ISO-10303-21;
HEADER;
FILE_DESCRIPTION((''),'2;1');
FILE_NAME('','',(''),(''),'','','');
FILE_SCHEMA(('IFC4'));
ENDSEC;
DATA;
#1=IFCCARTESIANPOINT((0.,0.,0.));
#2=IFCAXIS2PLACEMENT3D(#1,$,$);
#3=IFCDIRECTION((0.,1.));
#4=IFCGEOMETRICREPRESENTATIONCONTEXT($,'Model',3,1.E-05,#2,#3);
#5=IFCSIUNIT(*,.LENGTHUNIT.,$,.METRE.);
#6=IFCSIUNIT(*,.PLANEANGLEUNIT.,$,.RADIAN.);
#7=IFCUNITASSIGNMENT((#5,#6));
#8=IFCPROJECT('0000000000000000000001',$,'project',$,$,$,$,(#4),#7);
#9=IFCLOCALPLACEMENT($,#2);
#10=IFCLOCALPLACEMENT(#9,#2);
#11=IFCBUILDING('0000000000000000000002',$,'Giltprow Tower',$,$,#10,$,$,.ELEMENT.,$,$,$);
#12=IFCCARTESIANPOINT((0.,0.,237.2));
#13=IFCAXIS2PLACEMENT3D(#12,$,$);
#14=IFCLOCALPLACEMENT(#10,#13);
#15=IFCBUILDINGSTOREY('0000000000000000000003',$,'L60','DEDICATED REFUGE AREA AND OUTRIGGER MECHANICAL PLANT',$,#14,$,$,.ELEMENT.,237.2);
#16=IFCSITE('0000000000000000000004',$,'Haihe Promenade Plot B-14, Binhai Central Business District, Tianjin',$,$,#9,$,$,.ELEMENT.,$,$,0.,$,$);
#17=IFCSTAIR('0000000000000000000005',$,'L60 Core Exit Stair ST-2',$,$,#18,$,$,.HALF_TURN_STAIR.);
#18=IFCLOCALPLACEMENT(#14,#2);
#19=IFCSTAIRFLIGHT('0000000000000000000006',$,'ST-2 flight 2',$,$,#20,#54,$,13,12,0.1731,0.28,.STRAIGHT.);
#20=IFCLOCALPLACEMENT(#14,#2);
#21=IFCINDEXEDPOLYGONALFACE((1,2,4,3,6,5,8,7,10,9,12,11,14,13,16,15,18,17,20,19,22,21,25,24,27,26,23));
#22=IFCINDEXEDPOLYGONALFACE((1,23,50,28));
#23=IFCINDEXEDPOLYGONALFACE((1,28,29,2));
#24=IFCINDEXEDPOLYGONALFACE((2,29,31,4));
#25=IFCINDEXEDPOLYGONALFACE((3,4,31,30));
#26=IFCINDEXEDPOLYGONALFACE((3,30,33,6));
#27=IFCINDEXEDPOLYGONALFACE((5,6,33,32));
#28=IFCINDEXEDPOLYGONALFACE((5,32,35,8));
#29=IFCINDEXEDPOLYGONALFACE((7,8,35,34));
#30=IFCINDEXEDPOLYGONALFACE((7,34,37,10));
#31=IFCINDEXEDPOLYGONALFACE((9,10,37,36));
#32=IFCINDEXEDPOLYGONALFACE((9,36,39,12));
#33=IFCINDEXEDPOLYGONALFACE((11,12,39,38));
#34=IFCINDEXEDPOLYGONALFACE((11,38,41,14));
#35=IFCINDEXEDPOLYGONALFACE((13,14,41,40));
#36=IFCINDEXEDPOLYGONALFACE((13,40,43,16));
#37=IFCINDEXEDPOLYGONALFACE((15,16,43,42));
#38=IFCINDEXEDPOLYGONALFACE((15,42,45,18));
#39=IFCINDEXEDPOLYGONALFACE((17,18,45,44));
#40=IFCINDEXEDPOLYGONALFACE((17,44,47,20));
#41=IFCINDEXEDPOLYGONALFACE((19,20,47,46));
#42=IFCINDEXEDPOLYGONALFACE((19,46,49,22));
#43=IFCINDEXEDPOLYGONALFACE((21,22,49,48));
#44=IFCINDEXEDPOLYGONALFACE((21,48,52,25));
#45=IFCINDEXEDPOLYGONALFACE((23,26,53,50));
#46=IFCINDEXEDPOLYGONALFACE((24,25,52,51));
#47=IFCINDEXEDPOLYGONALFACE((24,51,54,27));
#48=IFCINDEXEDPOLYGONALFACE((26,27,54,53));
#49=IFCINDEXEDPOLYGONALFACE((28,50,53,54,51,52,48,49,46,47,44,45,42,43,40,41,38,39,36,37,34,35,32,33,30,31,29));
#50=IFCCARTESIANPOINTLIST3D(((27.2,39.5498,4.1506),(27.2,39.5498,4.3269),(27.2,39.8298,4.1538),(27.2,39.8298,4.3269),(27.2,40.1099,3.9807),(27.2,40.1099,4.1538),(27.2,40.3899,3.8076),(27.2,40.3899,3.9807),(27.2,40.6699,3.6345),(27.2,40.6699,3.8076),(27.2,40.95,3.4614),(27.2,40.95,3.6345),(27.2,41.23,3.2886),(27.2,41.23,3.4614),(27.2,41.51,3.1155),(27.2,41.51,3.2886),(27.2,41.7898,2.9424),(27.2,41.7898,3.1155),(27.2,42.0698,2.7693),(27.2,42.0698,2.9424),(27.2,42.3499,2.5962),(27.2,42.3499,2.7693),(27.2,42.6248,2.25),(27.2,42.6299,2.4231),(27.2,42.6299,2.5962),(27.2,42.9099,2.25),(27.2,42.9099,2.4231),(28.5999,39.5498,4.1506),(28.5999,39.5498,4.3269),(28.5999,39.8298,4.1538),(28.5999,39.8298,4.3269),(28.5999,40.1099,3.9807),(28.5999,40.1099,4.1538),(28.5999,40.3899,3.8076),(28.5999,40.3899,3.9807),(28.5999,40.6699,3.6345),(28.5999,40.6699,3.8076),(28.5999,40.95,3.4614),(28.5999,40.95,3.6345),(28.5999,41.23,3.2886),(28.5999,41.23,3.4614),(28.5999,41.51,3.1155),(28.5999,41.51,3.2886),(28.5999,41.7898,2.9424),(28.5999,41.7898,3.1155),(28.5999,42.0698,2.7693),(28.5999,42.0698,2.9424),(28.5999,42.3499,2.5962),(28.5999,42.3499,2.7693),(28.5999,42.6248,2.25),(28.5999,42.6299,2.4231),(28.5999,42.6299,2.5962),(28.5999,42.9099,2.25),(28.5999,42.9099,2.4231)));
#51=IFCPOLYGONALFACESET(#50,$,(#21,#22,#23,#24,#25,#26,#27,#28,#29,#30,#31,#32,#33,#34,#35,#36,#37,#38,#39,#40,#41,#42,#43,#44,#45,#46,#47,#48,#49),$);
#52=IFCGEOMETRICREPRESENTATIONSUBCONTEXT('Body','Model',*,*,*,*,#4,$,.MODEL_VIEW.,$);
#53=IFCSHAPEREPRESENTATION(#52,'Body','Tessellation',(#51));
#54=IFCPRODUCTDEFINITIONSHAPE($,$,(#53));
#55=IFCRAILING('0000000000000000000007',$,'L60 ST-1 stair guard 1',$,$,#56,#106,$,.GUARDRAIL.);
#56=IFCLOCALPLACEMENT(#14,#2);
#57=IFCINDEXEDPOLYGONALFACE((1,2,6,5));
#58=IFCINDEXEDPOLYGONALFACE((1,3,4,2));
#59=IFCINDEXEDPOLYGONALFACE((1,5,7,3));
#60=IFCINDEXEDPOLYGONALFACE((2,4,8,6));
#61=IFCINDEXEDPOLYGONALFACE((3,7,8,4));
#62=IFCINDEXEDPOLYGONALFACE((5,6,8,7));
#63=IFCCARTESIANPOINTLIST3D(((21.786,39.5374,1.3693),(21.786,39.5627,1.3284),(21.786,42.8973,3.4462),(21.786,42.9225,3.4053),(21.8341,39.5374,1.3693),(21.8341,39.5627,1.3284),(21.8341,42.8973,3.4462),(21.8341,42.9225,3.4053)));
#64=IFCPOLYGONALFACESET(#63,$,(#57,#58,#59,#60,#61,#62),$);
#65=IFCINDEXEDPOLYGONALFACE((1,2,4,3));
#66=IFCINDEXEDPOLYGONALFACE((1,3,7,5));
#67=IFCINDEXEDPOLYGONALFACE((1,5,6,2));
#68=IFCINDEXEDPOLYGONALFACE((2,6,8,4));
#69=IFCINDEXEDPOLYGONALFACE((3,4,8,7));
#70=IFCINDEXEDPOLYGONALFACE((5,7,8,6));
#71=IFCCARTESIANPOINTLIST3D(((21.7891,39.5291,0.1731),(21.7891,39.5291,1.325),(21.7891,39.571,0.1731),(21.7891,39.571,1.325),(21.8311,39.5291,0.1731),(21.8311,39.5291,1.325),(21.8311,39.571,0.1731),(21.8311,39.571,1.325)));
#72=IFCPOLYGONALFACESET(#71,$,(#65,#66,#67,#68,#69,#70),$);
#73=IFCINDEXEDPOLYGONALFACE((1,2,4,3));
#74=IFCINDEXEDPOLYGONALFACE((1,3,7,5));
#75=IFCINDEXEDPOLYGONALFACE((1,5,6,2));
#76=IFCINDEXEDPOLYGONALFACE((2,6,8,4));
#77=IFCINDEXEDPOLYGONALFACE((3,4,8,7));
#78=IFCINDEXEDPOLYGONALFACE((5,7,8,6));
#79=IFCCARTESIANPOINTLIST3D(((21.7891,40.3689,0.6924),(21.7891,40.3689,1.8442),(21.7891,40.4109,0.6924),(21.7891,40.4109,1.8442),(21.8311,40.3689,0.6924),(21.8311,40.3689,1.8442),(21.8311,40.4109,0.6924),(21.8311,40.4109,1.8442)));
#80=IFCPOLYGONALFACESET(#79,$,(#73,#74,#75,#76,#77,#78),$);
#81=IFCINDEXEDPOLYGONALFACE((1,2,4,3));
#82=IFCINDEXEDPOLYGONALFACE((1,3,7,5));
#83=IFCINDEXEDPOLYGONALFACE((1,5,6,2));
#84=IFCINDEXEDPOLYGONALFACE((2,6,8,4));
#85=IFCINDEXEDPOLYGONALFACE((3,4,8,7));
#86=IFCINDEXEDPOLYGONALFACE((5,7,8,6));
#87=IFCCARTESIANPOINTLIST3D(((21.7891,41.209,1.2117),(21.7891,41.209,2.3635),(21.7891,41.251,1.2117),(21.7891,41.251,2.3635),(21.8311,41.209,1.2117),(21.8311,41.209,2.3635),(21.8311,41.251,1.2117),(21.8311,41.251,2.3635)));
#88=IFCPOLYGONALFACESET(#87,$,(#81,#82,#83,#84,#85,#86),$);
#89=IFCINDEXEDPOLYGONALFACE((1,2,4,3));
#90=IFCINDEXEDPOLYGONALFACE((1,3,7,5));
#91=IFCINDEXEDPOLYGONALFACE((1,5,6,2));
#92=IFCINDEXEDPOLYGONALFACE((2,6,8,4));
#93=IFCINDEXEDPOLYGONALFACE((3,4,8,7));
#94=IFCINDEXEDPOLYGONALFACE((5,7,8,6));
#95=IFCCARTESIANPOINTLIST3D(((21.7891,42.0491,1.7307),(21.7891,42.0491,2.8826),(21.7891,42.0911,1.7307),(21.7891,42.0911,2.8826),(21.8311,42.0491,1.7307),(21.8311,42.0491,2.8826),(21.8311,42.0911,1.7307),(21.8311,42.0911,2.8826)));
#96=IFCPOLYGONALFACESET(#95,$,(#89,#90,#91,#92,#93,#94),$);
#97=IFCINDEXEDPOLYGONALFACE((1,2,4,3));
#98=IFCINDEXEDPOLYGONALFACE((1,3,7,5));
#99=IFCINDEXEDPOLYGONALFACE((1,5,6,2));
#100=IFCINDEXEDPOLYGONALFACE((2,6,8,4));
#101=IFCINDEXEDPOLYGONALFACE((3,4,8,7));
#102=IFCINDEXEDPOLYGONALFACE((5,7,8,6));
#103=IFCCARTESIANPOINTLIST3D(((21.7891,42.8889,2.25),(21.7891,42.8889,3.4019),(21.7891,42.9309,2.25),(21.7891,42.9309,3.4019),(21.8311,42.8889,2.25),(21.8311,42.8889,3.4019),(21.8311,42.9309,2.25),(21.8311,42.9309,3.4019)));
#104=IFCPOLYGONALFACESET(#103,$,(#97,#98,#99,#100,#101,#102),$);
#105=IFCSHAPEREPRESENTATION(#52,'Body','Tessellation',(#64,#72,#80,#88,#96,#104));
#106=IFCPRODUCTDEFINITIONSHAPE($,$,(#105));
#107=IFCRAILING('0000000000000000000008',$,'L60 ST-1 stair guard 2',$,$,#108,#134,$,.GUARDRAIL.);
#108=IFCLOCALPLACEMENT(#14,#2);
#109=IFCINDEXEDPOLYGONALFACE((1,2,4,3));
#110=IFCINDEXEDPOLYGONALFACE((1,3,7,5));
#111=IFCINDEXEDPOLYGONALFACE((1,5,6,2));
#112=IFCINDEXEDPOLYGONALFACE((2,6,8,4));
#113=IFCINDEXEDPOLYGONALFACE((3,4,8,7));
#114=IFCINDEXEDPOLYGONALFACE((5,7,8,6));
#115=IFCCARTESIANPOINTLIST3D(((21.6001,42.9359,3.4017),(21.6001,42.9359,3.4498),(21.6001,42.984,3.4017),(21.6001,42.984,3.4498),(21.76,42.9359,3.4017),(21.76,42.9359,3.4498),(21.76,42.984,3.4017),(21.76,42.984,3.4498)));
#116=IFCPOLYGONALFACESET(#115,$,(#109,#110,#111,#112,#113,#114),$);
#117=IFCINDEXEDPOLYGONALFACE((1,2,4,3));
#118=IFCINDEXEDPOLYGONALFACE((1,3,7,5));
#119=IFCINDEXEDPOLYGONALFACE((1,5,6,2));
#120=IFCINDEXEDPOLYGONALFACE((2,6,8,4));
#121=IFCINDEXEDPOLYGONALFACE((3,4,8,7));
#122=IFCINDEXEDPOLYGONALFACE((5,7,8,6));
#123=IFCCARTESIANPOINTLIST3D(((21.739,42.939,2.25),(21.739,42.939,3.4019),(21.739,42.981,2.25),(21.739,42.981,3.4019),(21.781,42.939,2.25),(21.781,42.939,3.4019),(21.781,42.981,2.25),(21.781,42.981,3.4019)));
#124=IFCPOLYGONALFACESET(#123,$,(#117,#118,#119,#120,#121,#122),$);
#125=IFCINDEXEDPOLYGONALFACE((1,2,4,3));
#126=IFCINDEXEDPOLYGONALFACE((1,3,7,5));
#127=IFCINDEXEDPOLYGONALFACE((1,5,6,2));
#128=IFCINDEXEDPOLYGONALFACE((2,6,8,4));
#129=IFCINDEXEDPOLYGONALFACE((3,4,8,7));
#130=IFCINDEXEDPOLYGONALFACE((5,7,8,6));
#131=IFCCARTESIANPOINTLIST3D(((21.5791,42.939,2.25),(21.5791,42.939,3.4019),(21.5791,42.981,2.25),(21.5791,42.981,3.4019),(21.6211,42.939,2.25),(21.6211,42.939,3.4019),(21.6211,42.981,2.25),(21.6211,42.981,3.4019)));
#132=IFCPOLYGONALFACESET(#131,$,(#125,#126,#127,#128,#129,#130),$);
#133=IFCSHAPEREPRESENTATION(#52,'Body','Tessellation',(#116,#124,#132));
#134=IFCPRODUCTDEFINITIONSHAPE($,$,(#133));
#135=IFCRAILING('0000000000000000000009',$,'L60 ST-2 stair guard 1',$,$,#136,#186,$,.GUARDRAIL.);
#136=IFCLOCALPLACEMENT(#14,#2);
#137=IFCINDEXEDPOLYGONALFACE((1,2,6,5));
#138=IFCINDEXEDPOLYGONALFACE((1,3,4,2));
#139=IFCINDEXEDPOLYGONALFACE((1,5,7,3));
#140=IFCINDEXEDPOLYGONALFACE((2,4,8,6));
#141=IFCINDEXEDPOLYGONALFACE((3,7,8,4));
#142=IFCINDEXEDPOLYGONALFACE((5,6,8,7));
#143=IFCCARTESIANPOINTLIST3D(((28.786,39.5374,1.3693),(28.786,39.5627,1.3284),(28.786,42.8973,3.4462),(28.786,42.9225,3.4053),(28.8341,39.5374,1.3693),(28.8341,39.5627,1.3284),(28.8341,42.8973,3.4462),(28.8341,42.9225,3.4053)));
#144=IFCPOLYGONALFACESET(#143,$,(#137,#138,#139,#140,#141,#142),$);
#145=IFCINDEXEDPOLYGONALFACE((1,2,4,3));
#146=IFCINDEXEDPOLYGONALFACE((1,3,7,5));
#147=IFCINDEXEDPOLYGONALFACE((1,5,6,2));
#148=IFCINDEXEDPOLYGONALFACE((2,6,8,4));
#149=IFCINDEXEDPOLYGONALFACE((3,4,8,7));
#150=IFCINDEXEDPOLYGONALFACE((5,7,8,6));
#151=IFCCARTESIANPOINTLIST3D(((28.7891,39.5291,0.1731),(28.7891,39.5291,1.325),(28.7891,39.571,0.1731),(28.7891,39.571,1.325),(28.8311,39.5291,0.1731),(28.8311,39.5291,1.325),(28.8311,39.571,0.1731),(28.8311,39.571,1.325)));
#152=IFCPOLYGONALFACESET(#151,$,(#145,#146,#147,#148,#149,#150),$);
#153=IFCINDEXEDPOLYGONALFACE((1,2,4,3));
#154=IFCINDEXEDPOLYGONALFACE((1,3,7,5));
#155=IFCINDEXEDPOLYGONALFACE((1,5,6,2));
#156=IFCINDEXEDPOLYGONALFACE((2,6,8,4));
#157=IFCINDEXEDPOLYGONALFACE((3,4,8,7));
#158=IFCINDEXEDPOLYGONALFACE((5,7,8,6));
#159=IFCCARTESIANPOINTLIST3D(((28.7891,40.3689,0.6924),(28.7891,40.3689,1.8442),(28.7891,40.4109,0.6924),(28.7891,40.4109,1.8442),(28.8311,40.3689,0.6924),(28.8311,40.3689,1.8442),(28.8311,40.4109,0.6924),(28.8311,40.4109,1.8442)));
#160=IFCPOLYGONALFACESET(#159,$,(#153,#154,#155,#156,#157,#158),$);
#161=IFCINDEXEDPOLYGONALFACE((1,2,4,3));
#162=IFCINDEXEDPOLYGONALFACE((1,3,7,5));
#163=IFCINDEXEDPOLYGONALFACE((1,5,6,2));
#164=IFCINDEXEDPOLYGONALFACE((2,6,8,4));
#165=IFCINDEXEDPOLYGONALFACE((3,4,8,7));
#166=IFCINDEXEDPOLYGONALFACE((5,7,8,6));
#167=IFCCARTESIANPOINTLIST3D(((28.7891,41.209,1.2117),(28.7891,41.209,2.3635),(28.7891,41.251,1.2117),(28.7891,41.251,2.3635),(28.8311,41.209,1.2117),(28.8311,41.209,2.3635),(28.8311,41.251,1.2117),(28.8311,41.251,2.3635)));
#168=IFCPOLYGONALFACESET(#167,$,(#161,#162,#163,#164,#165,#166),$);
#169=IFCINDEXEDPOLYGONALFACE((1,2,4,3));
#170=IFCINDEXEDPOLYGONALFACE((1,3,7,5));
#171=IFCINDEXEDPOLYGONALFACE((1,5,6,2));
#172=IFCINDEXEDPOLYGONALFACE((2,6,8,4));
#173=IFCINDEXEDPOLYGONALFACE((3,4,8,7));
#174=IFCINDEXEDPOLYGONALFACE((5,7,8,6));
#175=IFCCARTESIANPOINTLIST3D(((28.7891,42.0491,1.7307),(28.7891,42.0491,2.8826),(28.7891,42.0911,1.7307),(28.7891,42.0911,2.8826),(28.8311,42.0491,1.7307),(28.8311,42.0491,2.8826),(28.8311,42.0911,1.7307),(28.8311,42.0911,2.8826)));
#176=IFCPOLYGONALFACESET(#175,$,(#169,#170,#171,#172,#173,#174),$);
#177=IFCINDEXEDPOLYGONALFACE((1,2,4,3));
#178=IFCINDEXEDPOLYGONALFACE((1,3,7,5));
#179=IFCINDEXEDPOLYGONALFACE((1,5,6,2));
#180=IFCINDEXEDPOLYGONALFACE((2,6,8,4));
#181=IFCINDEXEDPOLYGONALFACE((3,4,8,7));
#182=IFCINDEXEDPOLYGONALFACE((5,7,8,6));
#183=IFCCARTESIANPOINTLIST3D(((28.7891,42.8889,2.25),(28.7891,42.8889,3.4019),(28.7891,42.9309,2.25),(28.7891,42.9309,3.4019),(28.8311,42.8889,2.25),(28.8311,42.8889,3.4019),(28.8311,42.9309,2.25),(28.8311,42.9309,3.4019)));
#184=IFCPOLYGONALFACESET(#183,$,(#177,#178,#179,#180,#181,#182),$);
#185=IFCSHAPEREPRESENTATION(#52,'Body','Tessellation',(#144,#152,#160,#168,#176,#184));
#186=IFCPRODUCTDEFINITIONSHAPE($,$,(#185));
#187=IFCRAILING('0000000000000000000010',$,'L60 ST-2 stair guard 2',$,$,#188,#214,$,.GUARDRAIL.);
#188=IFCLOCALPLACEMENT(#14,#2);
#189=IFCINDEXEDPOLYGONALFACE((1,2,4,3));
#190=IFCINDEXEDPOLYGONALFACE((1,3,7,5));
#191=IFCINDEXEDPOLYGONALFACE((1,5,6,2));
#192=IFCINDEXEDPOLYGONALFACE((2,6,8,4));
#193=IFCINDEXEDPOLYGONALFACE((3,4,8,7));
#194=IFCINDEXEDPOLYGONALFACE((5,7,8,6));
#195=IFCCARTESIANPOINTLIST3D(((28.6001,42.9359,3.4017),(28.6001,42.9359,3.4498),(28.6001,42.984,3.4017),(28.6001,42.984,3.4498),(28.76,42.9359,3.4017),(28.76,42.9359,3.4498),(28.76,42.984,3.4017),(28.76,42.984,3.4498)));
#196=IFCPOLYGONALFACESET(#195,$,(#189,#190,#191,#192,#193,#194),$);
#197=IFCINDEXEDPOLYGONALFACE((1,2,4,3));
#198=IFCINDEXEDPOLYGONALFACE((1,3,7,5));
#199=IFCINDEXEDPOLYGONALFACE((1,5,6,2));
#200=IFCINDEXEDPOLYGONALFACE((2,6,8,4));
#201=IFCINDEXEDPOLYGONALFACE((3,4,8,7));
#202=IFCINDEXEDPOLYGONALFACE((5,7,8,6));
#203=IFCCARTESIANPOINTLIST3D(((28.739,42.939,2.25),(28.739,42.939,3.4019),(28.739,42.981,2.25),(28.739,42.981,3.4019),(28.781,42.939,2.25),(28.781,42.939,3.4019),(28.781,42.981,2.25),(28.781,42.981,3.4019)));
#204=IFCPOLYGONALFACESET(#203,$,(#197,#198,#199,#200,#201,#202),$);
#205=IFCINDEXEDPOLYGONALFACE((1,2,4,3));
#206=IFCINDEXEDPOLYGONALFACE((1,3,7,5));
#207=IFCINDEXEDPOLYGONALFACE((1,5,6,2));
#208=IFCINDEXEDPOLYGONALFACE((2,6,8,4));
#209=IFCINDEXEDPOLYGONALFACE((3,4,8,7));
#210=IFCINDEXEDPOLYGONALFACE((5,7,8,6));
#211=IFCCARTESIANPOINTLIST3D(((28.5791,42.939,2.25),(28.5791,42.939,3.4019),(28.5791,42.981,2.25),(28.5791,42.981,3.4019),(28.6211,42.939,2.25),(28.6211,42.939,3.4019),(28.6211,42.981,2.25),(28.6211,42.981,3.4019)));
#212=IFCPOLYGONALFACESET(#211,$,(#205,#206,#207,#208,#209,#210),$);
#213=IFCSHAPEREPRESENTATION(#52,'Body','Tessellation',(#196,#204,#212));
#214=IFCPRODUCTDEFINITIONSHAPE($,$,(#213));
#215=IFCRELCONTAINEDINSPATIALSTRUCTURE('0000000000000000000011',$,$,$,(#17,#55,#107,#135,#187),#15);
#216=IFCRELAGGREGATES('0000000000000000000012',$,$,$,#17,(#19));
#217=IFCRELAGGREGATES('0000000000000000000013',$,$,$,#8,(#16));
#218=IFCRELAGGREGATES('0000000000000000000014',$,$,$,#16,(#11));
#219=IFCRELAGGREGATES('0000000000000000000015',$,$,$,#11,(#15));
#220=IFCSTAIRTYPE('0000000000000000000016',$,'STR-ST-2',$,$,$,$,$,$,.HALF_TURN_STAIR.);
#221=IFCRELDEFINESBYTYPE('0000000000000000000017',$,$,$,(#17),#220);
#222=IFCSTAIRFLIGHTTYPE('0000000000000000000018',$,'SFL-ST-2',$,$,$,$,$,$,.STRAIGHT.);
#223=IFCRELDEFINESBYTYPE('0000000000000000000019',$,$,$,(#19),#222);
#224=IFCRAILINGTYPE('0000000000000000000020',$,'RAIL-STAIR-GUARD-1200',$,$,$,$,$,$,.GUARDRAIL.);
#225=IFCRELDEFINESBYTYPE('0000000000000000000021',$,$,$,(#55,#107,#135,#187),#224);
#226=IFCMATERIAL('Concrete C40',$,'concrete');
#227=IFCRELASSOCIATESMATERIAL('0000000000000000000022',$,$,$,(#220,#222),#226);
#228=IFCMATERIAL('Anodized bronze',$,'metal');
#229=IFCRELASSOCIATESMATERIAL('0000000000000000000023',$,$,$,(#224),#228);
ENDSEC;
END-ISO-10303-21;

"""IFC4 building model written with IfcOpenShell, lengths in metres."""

from ifc_helpers import new_model, si_unit, direction, frame, origin, origin_2d, place, context, subcontext, project, spatial, polyline, rectangle, outline, extrude, material, type_object, element, aggregate, save


model = new_model("IFC4")

# Units and contexts
model_context = context("Model", 3, precision=1e-05, world=origin(), true_north=direction((0.0, 1.0)))
body_context = subcontext(model_context, "Body", "Model", "MODEL_VIEW")
ifc_project = project(units=[si_unit("LENGTHUNIT", "METRE"), si_unit("PLANEANGLEUNIT", "RADIAN")], contexts=[model_context])

# Site, building, storey
site_placement = place(None, origin())
site = spatial("IfcSite", under=ifc_project, at=site_placement, Name="Haihe Promenade Plot B-14, Binhai Central Business District, Tianjin", CompositionType="ELEMENT", RefElevation=0.0)
building_placement = place(site_placement, origin())
building = spatial("IfcBuilding", under=site, at=building_placement, Name="Giltprow Tower", CompositionType="ELEMENT")
storey_placement = place(building_placement, frame((0.0, 0.0, 237.2)))
storey = spatial("IfcBuildingStorey", under=building, at=storey_placement, Name="L60", Description="DEDICATED REFUGE AREA AND OUTRIGGER MECHANICAL PLANT", CompositionType="ELEMENT", Elevation=237.2)

# Shared definitions
ifc_material_1 = material(Name="Concrete C40", Category="concrete")

# Stair, stair flight
stair_type_1 = type_object("IfcStairType", Name="STR-ST-2", PredefinedType="HALF_TURN_STAIR", material=ifc_material_1)
stair_1_placement = place(storey_placement, origin())
stair_1 = element("IfcStair", 1, at=stair_1_placement, inside=storey, type_object=stair_type_1, Name="L60 Core Exit Stair ST-2", PredefinedType="HALF_TURN_STAIR")
stair_flight_type_1 = type_object("IfcStairFlightType", Name="SFL-ST-2", PredefinedType="STRAIGHT", material=ifc_material_1)
stair_flight_1_placement = place(storey_placement, frame((27.8999, 42.9099, 2.25), z_axis=(0.0, 0.0, 1.0), x_axis=(0.0, -1.0, 0.0)))
stair_flight_1 = element("IfcStairFlight", 2, at=stair_flight_1_placement, type_object=stair_flight_type_1, Name="ST-2 flight 2", NumberOfRisers=13, NumberOfTreads=12, PredefinedType="STRAIGHT", RiserHeight=0.1731, TreadLength=0.28, context=body_context, shape_type="SweptSolid", body=[
    extrude(outline(polyline([(0.0, 0.0), (0.0, 0.1731), (0.28, 0.1731), (0.28, 0.3462), (0.5601, 0.3462), (0.5601, 0.5193), (0.8401, 0.5193), (0.8401, 0.6924), (1.1201, 0.6924), (1.1201, 0.8655), (1.3999, 0.8655), (1.3999, 1.0386), (1.6799, 1.0386), (1.6799, 1.2114), (1.96, 1.2114), (1.96, 1.3845), (2.24, 1.3845), (2.24, 1.5576), (2.52, 1.5576), (2.52, 1.7307), (2.8, 1.7307), (2.8, 1.9038), (3.0801, 1.9038), (3.0801, 2.0769), (3.3601, 2.0769), (3.3601, 2.25), (3.3601, 1.9006), (0.2852, 0.0), (0.0, 0.0)])), frame((0.0, 0.7, 0.0), z_axis=(0.0, -1.0, 0.0), x_axis=(1.0, 0.0, 0.0)), (0.0, 0.0, 1.0), 1.3999),
])
aggregate(stair_1, [stair_flight_1])

# Railings
ifc_material_2 = material(Name="Anodized bronze", Category="metal")
railing_type_1 = type_object("IfcRailingType", Name="RAIL-STAIR-GUARD-1200", PredefinedType="GUARDRAIL", material=ifc_material_2)
railing_1_placement = place(storey_placement, frame((21.8101, 39.55, 0.1731)))
element("IfcRailing", 3, at=railing_1_placement, inside=storey, type_object=railing_type_1, Name="L60 ST-1 stair guard 1", PredefinedType="GUARDRAIL", context=body_context, shape_type="SweptSolid", body=[
    extrude(rectangle(XDim=0.0481, YDim=0.0481, at=origin_2d()), frame((0.0, 0.0, 1.1758), z_axis=(0.0, 0.850606, 0.525803), x_axis=(-1.0, 0.0, 0.0)), (0.0, 0.0, 1.0), 3.95),
    extrude(rectangle(XDim=0.042, YDim=0.042, at=origin_2d()), origin(), (0.0, 0.0, 1.0), 1.1519),
    extrude(rectangle(XDim=0.042, YDim=0.042, at=origin_2d()), frame((0.0, 0.8398, 0.5193)), (0.0, 0.0, 1.0), 1.1519),
    extrude(rectangle(XDim=0.042, YDim=0.042, at=origin_2d()), frame((0.0, 1.6799, 1.0386)), (0.0, 0.0, 1.0), 1.1519),
    extrude(rectangle(XDim=0.042, YDim=0.042, at=origin_2d()), frame((0.0, 2.52, 1.5576)), (0.0, 0.0, 1.0), 1.1519),
    extrude(rectangle(XDim=0.042, YDim=0.042, at=origin_2d()), frame((0.0, 3.3599, 2.0769)), (0.0, 0.0, 1.0), 1.1519),
])
railing_2_placement = place(storey_placement, frame((21.76, 42.96, 2.25)))
element("IfcRailing", 4, at=railing_2_placement, inside=storey, type_object=railing_type_1, Name="L60 ST-1 stair guard 2", PredefinedType="GUARDRAIL", context=body_context, shape_type="SweptSolid", body=[
    extrude(rectangle(XDim=0.0481, YDim=0.0481, at=origin_2d()), frame((0.0, 0.0, 1.1758), z_axis=(-1.0, 0.0, 0.0), x_axis=(0.0, -1.0, 0.0)), (0.0, 0.0, 1.0), 0.1599),
    extrude(rectangle(XDim=0.042, YDim=0.042, at=origin_2d()), origin(), (0.0, 0.0, 1.0), 1.1519),
    extrude(rectangle(XDim=0.042, YDim=0.042, at=origin_2d()), frame((-0.1599, 0.0, 0.0)), (0.0, 0.0, 1.0), 1.1519),
])
railing_3_placement = place(storey_placement, frame((28.8101, 39.55, 0.1731)))
element("IfcRailing", 5, at=railing_3_placement, inside=storey, type_object=railing_type_1, Name="L60 ST-2 stair guard 1", PredefinedType="GUARDRAIL", context=body_context, shape_type="SweptSolid", body=[
    extrude(rectangle(XDim=0.0481, YDim=0.0481, at=origin_2d()), frame((0.0, 0.0, 1.1758), z_axis=(0.0, 0.850606, 0.525803), x_axis=(-1.0, 0.0, 0.0)), (0.0, 0.0, 1.0), 3.95),
    extrude(rectangle(XDim=0.042, YDim=0.042, at=origin_2d()), origin(), (0.0, 0.0, 1.0), 1.1519),
    extrude(rectangle(XDim=0.042, YDim=0.042, at=origin_2d()), frame((0.0, 0.8398, 0.5193)), (0.0, 0.0, 1.0), 1.1519),
    extrude(rectangle(XDim=0.042, YDim=0.042, at=origin_2d()), frame((0.0, 1.6799, 1.0386)), (0.0, 0.0, 1.0), 1.1519),
    extrude(rectangle(XDim=0.042, YDim=0.042, at=origin_2d()), frame((0.0, 2.52, 1.5576)), (0.0, 0.0, 1.0), 1.1519),
    extrude(rectangle(XDim=0.042, YDim=0.042, at=origin_2d()), frame((0.0, 3.3599, 2.0769)), (0.0, 0.0, 1.0), 1.1519),
])
railing_4_placement = place(storey_placement, frame((28.76, 42.96, 2.25)))
element("IfcRailing", 6, at=railing_4_placement, inside=storey, type_object=railing_type_1, Name="L60 ST-2 stair guard 2", PredefinedType="GUARDRAIL", context=body_context, shape_type="SweptSolid", body=[
    extrude(rectangle(XDim=0.0481, YDim=0.0481, at=origin_2d()), frame((0.0, 0.0, 1.1758), z_axis=(-1.0, 0.0, 0.0), x_axis=(0.0, -1.0, 0.0)), (0.0, 0.0, 1.0), 0.1599),
    extrude(rectangle(XDim=0.042, YDim=0.042, at=origin_2d()), origin(), (0.0, 0.0, 1.0), 1.1519),
    extrude(rectangle(XDim=0.042, YDim=0.042, at=origin_2d()), frame((-0.1599, 0.0, 0.0)), (0.0, 0.0, 1.0), 1.1519),
])

save(model, "model.ifc")
